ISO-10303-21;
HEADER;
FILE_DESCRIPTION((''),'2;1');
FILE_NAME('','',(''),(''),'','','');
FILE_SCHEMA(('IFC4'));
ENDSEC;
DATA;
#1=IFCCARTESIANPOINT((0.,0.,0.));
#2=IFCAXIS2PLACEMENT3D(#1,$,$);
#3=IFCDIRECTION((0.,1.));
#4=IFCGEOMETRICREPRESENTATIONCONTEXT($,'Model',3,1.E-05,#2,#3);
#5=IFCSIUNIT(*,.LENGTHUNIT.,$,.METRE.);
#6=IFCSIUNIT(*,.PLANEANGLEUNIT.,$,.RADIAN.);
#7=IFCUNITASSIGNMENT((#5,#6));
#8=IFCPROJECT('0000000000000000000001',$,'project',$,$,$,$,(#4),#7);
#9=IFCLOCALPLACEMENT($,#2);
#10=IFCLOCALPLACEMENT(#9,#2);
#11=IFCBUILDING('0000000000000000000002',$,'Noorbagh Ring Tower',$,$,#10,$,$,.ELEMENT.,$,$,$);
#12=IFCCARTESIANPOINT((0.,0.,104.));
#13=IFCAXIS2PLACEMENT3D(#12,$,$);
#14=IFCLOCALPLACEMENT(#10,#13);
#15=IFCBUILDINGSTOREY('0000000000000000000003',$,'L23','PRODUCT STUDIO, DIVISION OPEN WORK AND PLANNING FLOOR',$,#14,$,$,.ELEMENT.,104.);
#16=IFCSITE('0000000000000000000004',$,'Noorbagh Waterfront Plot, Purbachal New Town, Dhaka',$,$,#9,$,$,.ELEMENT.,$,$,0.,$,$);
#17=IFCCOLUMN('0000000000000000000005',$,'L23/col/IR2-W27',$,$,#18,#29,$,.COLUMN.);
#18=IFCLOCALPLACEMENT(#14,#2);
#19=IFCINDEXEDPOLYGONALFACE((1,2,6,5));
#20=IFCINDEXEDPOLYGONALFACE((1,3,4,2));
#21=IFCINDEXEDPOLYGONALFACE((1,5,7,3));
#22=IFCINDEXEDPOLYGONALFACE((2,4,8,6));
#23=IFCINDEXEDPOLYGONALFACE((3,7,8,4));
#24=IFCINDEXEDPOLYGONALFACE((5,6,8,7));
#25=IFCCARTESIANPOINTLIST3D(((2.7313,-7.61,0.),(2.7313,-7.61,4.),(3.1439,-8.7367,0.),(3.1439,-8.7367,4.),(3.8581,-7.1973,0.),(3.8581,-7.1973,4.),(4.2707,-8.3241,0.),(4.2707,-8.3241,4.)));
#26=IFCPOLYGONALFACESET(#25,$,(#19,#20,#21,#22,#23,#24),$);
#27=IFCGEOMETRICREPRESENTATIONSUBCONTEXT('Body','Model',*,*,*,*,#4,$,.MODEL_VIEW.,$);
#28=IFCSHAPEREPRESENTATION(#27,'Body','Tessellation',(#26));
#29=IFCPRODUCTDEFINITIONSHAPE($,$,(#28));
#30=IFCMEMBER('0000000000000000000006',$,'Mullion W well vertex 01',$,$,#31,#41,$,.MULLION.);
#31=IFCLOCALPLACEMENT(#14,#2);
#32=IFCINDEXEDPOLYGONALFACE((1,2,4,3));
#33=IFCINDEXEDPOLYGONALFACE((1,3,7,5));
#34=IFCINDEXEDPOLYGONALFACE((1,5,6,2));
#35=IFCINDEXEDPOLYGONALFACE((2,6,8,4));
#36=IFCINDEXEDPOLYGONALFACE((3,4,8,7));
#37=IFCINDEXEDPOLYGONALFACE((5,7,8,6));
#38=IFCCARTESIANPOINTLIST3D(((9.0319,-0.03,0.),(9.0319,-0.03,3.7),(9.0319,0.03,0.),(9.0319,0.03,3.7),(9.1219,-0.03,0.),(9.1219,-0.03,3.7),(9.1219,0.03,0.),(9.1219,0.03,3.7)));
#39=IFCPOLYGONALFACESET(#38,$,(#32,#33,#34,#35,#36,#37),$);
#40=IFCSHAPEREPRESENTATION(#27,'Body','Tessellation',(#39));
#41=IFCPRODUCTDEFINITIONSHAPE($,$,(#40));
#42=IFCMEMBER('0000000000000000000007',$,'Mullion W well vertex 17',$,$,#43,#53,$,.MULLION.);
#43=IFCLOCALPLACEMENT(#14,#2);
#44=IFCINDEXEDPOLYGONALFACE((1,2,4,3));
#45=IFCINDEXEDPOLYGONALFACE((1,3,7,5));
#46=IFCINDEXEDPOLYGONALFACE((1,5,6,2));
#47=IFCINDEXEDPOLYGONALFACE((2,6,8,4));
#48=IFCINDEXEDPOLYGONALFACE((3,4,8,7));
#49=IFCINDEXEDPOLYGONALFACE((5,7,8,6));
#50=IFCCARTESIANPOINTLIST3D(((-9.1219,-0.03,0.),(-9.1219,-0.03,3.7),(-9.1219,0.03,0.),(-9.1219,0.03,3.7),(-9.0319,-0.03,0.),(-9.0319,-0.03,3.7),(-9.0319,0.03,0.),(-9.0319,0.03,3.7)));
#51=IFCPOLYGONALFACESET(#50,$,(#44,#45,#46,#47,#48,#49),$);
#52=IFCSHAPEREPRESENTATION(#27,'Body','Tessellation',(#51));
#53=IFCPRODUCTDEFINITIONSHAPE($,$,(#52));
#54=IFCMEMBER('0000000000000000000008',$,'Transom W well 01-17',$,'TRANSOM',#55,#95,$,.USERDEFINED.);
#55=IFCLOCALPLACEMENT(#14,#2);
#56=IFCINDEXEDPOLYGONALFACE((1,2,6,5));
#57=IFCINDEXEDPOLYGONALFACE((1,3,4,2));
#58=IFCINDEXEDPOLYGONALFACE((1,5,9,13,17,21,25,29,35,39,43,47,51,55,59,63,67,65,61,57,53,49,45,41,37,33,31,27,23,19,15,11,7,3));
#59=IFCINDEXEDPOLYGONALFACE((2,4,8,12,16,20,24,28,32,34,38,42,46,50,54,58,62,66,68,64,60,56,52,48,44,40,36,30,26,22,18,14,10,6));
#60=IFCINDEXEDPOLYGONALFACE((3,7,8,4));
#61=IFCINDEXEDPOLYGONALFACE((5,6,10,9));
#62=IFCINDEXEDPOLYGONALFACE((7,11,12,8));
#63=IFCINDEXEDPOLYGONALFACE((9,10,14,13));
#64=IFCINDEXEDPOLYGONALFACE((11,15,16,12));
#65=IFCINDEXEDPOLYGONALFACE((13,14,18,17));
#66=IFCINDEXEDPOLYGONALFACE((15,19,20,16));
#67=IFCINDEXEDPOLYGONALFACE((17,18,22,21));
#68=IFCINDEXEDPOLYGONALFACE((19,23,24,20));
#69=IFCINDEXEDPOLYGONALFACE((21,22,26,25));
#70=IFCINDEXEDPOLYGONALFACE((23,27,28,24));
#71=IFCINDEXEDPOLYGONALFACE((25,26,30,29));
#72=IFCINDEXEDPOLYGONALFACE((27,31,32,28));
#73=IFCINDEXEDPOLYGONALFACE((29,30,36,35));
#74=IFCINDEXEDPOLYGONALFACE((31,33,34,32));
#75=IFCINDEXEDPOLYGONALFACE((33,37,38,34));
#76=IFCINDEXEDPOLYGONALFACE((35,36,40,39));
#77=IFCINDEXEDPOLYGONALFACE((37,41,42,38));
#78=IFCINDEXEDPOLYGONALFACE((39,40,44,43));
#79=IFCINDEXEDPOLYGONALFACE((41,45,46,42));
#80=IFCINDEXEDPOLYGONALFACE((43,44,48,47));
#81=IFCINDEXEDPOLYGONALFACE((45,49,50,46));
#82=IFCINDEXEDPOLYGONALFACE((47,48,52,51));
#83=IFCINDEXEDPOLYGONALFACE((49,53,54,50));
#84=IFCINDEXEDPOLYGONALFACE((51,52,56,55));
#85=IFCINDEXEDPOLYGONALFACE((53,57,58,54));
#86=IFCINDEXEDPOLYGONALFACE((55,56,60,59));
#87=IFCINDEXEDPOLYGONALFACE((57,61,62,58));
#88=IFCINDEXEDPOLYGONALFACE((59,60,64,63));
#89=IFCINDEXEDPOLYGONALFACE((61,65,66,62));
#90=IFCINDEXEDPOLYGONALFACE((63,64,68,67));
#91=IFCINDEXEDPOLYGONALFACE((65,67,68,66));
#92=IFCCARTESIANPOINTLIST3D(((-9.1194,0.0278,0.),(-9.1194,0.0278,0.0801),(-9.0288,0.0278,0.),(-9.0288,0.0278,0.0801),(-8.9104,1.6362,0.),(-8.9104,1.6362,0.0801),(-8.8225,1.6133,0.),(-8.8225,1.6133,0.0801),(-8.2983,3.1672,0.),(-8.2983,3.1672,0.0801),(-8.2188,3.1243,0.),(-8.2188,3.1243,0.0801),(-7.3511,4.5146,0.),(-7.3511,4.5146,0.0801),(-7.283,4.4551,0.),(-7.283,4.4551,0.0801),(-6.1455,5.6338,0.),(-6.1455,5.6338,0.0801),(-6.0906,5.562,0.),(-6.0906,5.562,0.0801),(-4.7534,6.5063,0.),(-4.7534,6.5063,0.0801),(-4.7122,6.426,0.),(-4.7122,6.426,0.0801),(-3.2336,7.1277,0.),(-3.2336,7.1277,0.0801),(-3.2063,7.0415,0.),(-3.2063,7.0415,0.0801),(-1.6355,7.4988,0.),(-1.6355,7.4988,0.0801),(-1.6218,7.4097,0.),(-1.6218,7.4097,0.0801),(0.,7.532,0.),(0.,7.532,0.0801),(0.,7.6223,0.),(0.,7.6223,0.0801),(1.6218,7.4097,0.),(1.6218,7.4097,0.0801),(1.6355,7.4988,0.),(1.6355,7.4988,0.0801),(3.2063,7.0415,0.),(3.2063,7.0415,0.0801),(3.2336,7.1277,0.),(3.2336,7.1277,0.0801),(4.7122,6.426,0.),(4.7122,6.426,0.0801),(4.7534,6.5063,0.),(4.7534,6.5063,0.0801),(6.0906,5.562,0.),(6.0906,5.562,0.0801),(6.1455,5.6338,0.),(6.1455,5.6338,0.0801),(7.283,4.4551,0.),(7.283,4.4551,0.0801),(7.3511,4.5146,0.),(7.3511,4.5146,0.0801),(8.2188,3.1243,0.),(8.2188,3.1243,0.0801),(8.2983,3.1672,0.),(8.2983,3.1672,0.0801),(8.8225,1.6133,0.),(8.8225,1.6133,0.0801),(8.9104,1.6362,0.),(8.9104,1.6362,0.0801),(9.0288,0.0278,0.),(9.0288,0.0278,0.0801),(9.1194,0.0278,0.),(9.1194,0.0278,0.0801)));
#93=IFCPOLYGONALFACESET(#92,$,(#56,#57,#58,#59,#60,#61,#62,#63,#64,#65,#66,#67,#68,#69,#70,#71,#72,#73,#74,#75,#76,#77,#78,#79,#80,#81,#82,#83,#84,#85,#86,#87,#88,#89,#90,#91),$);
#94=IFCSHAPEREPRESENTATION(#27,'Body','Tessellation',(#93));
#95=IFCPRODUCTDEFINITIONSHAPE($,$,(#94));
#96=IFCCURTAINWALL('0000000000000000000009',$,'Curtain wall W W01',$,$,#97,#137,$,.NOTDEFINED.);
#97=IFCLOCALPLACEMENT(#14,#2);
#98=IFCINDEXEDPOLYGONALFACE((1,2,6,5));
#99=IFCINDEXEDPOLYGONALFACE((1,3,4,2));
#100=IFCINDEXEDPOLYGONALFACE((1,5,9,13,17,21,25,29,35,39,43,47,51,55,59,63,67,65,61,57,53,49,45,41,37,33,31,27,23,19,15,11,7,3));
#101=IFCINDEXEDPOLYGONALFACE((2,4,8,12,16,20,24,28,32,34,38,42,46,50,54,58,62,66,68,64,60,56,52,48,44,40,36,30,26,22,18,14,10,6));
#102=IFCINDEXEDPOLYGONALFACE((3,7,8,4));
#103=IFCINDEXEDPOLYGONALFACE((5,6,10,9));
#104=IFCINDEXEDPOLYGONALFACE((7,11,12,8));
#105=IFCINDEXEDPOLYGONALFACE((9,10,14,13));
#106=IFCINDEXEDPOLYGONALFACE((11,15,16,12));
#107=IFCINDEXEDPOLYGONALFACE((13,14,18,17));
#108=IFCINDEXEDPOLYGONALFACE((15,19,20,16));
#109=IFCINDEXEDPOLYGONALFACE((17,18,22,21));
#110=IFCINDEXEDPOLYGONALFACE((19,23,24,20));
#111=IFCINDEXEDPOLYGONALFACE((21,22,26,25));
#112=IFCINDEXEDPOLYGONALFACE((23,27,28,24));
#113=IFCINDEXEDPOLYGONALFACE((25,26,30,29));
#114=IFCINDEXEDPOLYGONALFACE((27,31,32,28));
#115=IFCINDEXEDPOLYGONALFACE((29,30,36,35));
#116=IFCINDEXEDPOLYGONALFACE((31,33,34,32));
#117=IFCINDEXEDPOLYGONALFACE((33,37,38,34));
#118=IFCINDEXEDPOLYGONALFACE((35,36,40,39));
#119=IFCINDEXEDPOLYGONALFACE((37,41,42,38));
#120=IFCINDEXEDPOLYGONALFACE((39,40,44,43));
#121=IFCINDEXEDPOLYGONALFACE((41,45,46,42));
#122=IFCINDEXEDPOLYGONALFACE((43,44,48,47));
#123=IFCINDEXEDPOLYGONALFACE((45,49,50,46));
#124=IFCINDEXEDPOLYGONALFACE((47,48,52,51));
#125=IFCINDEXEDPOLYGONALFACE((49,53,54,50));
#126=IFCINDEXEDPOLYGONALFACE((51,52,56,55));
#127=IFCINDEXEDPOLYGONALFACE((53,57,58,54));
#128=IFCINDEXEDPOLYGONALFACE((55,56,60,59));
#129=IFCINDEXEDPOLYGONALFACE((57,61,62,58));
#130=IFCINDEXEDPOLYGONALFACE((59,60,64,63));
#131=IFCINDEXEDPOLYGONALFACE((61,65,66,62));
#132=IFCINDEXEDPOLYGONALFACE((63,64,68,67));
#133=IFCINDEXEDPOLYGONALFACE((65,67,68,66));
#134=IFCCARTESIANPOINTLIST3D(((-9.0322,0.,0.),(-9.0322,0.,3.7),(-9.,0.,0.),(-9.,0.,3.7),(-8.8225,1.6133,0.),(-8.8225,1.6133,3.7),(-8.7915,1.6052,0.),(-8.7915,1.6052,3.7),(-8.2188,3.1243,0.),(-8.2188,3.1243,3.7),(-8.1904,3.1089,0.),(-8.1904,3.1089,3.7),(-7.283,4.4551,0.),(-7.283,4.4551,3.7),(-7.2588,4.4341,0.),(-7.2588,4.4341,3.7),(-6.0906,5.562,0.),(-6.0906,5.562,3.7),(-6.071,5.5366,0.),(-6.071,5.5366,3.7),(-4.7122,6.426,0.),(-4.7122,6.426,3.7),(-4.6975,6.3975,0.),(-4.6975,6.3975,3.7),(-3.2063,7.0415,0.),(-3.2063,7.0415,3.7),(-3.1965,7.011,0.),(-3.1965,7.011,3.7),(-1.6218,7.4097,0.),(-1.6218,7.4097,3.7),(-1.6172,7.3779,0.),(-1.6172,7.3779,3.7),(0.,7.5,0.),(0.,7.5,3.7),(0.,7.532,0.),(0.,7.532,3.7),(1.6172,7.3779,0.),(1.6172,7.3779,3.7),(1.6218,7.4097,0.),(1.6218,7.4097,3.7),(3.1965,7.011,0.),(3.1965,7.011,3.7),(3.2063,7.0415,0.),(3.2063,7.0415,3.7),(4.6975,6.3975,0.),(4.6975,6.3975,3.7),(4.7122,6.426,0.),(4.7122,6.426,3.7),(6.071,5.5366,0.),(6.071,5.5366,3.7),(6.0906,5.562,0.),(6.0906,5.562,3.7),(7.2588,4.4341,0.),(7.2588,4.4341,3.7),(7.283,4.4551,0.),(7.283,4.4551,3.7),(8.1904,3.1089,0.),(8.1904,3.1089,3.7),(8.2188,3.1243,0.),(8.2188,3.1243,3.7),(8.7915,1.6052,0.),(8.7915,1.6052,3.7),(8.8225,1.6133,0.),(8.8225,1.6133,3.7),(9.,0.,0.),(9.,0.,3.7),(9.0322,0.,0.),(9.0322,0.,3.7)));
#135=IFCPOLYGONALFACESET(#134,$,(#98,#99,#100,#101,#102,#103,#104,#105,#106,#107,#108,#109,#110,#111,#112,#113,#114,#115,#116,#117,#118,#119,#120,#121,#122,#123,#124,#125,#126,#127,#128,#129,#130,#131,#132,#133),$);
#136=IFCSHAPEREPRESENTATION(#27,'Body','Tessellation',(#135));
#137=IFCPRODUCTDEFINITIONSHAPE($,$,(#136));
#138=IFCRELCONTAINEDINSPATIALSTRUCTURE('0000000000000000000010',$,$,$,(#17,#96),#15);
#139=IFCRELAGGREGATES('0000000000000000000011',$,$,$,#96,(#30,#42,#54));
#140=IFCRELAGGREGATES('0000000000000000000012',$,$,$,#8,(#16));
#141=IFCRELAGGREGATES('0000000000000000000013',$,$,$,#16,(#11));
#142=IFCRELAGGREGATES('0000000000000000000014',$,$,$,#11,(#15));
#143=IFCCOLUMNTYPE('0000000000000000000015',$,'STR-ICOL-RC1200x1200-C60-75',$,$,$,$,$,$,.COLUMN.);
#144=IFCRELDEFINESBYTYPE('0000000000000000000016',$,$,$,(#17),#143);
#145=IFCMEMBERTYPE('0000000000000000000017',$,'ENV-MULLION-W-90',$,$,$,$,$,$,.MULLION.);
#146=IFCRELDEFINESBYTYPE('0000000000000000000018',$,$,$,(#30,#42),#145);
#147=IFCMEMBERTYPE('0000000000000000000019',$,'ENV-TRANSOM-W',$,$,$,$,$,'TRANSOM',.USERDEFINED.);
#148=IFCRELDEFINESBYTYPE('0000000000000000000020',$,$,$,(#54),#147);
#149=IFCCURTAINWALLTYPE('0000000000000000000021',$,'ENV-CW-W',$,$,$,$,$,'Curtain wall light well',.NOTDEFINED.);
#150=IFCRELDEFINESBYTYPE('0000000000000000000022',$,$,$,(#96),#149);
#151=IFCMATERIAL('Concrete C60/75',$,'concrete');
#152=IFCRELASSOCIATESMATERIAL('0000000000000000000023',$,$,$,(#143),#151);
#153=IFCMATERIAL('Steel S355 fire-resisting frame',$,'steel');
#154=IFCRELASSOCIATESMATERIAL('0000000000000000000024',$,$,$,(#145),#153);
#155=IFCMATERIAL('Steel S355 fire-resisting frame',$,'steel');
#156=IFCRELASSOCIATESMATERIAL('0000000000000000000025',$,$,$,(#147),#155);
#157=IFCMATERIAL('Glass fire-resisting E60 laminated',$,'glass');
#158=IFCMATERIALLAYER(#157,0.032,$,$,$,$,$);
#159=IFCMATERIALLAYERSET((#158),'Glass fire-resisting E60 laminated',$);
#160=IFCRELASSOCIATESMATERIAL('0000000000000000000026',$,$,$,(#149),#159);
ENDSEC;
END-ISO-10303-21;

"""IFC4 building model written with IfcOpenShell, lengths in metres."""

from ifc_helpers import new_model, si_unit, direction, frame, origin, origin_2d, place, context, subcontext, project, spatial, polyline, rectangle, outline, extrude, material, layer, layer_set, material_profile, profile_set, type_object, element, aggregate, save


model = new_model("IFC4")

# Units and contexts
model_context = context("Model", 3, precision=1e-05, world=origin(), true_north=direction((0.0, 1.0)))
body_context = subcontext(model_context, "Body", "Model", "MODEL_VIEW")
ifc_project = project(units=[si_unit("LENGTHUNIT", "METRE"), si_unit("PLANEANGLEUNIT", "RADIAN")], contexts=[model_context])

# Site, building, storey
site_placement = place(None, origin())
site = spatial("IfcSite", under=ifc_project, at=site_placement, Name="Noorbagh Waterfront Plot, Purbachal New Town, Dhaka", CompositionType="ELEMENT", RefElevation=0.0)
building_placement = place(site_placement, origin())
building = spatial("IfcBuilding", under=site, at=building_placement, Name="Noorbagh Ring Tower", CompositionType="ELEMENT")
storey_placement = place(building_placement, frame((0.0, 0.0, 104.0)))
storey = spatial("IfcBuildingStorey", under=building, at=storey_placement, Name="L23", Description="PRODUCT STUDIO, DIVISION OPEN WORK AND PLANNING FLOOR", CompositionType="ELEMENT", Elevation=104.0)

# Column
ifc_material_1 = material(Name="Concrete C60/75", Category="concrete")
ifc_material_profile_1 = material_profile(ifc_material_1, rectangle(XDim=1.2, YDim=1.2, at=origin_2d()), Name="RC1200x1200")
ifc_profile_set_1 = profile_set([ifc_material_profile_1], Name="Concrete C60/75")
column_type = type_object("IfcColumnType", Name="STR-ICOL-RC1200x1200-C60-75", PredefinedType="COLUMN", material=ifc_profile_set_1)
column_placement = place(storey_placement, frame((3.501, -7.967, 0.0), z_axis=(0.0, 0.0, 1.0), x_axis=(0.93902, 0.343864, 0.0)))
element("IfcColumn", 1, at=column_placement, inside=storey, type_object=column_type, Name="L23/col/IR2-W27", PredefinedType="COLUMN", context=body_context, shape_type="SweptSolid", body=[
    extrude(rectangle(XDim=1.2, YDim=1.2, at=origin_2d()), origin(), (0.0, 0.0, 1.0), 4.0),
])

# Members
ifc_material_2 = material(Name="Steel S355 fire-resisting frame", Category="steel")
ifc_material_profile_2 = material_profile(ifc_material_2, rectangle(XDim=0.0901, YDim=0.0601, at=origin_2d()), Name="90x60")
ifc_profile_set_2 = profile_set([ifc_material_profile_2], Name="Steel S355 fire-resisting frame")
member_type_1 = type_object("IfcMemberType", Name="ENV-MULLION-W-90", PredefinedType="MULLION", material=ifc_profile_set_2)
member_1_placement = place(storey_placement, frame((9.0769, 0.0, 0.0), z_axis=(0.0, 0.0, 1.0), x_axis=(1.0, 0.0, 0.0)))
member_1 = element("IfcMember", 2, at=member_1_placement, type_object=member_type_1, Name="Mullion W well vertex 01", PredefinedType="MULLION", context=body_context, shape_type="SweptSolid", body=[
    extrude(rectangle(XDim=0.0901, YDim=0.0601, at=origin_2d()), origin(), (0.0, 0.0, 1.0), 3.7),
])
member_2_placement = place(storey_placement, frame((-9.0769, 0.0, 0.0), z_axis=(0.0, 0.0, 1.0), x_axis=(-1.0, 0.0, 0.0)))
member_2 = element("IfcMember", 3, at=member_2_placement, type_object=member_type_1, Name="Mullion W well vertex 17", PredefinedType="MULLION", context=body_context, shape_type="SweptSolid", body=[
    extrude(rectangle(XDim=0.0901, YDim=0.0601, at=origin_2d()), origin(), (0.0, 0.0, 1.0), 3.7),
])
ifc_material_3 = material(Name="Steel S355 fire-resisting frame", Category="steel")
member_type_2 = type_object("IfcMemberType", Name="ENV-TRANSOM-W", ElementType="TRANSOM", PredefinedType="USERDEFINED", material=ifc_material_3)
member_3_placement = place(storey_placement, origin())
member_3 = element("IfcMember", 4, at=member_3_placement, type_object=member_type_2, Name="Transom W well 01-17", ObjectType="TRANSOM", PredefinedType="USERDEFINED", context=body_context, shape_type="SweptSolid", body=[
    extrude(outline(polyline([(9.1194, 0.0278), (8.9104, 1.6362), (8.2983, 3.1672), (7.3511, 4.5146), (6.1455, 5.6338), (4.7534, 6.5063), (3.2336, 7.1277), (1.6355, 7.4988), (0.0, 7.6223), (-1.6355, 7.4988), (-3.2336, 7.1277), (-4.7534, 6.5063), (-6.1455, 5.6338), (-7.3511, 4.5146), (-8.2983, 3.1672), (-8.9104, 1.6362), (-9.1194, 0.0278), (-9.0288, 0.0278), (-8.8225, 1.6133), (-8.2188, 3.1243), (-7.283, 4.4551), (-6.0906, 5.562), (-4.7122, 6.426), (-3.2063, 7.0415), (-1.6218, 7.4097), (0.0, 7.532), (1.6218, 7.4097), (3.2063, 7.0415), (4.7122, 6.426), (6.0906, 5.562), (7.283, 4.4551), (8.2188, 3.1243), (8.8225, 1.6133), (9.0288, 0.0278), (9.1194, 0.0278)])), origin(), (0.0, 0.0, 1.0), 0.0801),
])

# Curtain wall
ifc_material_4 = material(Name="Glass fire-resisting E60 laminated", Category="glass")
ifc_layer_1 = layer(ifc_material_4, 0.032)
ifc_layer_set_1 = layer_set([ifc_layer_1], Name="Glass fire-resisting E60 laminated")
curtain_wall_type_1 = type_object("IfcCurtainWallType", Name="ENV-CW-W", ElementType="Curtain wall light well", PredefinedType="NOTDEFINED", material=ifc_layer_set_1)
curtain_wall_1_placement = place(storey_placement, origin())
curtain_wall_1 = element("IfcCurtainWall", 5, at=curtain_wall_1_placement, inside=storey, type_object=curtain_wall_type_1, Name="Curtain wall W W01", PredefinedType="NOTDEFINED", context=body_context, shape_type="SweptSolid", body=[
    extrude(outline(polyline([(9.0322, 0.0), (8.8225, 1.6133), (8.2188, 3.1243), (7.283, 4.4551), (6.0906, 5.562), (4.7122, 6.426), (3.2063, 7.0415), (1.6218, 7.4097), (0.0, 7.532), (-1.6218, 7.4097), (-3.2063, 7.0415), (-4.7122, 6.426), (-6.0906, 5.562), (-7.283, 4.4551), (-8.2188, 3.1243), (-8.8225, 1.6133), (-9.0322, 0.0), (-9.0, 0.0), (-8.7915, 1.6052), (-8.1904, 3.1089), (-7.2588, 4.4341), (-6.071, 5.5366), (-4.6975, 6.3975), (-3.1965, 7.011), (-1.6172, 7.3779), (0.0, 7.5), (1.6172, 7.3779), (3.1965, 7.011), (4.6975, 6.3975), (6.071, 5.5366), (7.2588, 4.4341), (8.1904, 3.1089), (8.7915, 1.6052), (9.0, 0.0), (9.0322, 0.0)])), origin(), (0.0, 0.0, 1.0), 3.7),
])
aggregate(curtain_wall_1, [member_1, member_2, member_3])

save(model, "model.ifc")
